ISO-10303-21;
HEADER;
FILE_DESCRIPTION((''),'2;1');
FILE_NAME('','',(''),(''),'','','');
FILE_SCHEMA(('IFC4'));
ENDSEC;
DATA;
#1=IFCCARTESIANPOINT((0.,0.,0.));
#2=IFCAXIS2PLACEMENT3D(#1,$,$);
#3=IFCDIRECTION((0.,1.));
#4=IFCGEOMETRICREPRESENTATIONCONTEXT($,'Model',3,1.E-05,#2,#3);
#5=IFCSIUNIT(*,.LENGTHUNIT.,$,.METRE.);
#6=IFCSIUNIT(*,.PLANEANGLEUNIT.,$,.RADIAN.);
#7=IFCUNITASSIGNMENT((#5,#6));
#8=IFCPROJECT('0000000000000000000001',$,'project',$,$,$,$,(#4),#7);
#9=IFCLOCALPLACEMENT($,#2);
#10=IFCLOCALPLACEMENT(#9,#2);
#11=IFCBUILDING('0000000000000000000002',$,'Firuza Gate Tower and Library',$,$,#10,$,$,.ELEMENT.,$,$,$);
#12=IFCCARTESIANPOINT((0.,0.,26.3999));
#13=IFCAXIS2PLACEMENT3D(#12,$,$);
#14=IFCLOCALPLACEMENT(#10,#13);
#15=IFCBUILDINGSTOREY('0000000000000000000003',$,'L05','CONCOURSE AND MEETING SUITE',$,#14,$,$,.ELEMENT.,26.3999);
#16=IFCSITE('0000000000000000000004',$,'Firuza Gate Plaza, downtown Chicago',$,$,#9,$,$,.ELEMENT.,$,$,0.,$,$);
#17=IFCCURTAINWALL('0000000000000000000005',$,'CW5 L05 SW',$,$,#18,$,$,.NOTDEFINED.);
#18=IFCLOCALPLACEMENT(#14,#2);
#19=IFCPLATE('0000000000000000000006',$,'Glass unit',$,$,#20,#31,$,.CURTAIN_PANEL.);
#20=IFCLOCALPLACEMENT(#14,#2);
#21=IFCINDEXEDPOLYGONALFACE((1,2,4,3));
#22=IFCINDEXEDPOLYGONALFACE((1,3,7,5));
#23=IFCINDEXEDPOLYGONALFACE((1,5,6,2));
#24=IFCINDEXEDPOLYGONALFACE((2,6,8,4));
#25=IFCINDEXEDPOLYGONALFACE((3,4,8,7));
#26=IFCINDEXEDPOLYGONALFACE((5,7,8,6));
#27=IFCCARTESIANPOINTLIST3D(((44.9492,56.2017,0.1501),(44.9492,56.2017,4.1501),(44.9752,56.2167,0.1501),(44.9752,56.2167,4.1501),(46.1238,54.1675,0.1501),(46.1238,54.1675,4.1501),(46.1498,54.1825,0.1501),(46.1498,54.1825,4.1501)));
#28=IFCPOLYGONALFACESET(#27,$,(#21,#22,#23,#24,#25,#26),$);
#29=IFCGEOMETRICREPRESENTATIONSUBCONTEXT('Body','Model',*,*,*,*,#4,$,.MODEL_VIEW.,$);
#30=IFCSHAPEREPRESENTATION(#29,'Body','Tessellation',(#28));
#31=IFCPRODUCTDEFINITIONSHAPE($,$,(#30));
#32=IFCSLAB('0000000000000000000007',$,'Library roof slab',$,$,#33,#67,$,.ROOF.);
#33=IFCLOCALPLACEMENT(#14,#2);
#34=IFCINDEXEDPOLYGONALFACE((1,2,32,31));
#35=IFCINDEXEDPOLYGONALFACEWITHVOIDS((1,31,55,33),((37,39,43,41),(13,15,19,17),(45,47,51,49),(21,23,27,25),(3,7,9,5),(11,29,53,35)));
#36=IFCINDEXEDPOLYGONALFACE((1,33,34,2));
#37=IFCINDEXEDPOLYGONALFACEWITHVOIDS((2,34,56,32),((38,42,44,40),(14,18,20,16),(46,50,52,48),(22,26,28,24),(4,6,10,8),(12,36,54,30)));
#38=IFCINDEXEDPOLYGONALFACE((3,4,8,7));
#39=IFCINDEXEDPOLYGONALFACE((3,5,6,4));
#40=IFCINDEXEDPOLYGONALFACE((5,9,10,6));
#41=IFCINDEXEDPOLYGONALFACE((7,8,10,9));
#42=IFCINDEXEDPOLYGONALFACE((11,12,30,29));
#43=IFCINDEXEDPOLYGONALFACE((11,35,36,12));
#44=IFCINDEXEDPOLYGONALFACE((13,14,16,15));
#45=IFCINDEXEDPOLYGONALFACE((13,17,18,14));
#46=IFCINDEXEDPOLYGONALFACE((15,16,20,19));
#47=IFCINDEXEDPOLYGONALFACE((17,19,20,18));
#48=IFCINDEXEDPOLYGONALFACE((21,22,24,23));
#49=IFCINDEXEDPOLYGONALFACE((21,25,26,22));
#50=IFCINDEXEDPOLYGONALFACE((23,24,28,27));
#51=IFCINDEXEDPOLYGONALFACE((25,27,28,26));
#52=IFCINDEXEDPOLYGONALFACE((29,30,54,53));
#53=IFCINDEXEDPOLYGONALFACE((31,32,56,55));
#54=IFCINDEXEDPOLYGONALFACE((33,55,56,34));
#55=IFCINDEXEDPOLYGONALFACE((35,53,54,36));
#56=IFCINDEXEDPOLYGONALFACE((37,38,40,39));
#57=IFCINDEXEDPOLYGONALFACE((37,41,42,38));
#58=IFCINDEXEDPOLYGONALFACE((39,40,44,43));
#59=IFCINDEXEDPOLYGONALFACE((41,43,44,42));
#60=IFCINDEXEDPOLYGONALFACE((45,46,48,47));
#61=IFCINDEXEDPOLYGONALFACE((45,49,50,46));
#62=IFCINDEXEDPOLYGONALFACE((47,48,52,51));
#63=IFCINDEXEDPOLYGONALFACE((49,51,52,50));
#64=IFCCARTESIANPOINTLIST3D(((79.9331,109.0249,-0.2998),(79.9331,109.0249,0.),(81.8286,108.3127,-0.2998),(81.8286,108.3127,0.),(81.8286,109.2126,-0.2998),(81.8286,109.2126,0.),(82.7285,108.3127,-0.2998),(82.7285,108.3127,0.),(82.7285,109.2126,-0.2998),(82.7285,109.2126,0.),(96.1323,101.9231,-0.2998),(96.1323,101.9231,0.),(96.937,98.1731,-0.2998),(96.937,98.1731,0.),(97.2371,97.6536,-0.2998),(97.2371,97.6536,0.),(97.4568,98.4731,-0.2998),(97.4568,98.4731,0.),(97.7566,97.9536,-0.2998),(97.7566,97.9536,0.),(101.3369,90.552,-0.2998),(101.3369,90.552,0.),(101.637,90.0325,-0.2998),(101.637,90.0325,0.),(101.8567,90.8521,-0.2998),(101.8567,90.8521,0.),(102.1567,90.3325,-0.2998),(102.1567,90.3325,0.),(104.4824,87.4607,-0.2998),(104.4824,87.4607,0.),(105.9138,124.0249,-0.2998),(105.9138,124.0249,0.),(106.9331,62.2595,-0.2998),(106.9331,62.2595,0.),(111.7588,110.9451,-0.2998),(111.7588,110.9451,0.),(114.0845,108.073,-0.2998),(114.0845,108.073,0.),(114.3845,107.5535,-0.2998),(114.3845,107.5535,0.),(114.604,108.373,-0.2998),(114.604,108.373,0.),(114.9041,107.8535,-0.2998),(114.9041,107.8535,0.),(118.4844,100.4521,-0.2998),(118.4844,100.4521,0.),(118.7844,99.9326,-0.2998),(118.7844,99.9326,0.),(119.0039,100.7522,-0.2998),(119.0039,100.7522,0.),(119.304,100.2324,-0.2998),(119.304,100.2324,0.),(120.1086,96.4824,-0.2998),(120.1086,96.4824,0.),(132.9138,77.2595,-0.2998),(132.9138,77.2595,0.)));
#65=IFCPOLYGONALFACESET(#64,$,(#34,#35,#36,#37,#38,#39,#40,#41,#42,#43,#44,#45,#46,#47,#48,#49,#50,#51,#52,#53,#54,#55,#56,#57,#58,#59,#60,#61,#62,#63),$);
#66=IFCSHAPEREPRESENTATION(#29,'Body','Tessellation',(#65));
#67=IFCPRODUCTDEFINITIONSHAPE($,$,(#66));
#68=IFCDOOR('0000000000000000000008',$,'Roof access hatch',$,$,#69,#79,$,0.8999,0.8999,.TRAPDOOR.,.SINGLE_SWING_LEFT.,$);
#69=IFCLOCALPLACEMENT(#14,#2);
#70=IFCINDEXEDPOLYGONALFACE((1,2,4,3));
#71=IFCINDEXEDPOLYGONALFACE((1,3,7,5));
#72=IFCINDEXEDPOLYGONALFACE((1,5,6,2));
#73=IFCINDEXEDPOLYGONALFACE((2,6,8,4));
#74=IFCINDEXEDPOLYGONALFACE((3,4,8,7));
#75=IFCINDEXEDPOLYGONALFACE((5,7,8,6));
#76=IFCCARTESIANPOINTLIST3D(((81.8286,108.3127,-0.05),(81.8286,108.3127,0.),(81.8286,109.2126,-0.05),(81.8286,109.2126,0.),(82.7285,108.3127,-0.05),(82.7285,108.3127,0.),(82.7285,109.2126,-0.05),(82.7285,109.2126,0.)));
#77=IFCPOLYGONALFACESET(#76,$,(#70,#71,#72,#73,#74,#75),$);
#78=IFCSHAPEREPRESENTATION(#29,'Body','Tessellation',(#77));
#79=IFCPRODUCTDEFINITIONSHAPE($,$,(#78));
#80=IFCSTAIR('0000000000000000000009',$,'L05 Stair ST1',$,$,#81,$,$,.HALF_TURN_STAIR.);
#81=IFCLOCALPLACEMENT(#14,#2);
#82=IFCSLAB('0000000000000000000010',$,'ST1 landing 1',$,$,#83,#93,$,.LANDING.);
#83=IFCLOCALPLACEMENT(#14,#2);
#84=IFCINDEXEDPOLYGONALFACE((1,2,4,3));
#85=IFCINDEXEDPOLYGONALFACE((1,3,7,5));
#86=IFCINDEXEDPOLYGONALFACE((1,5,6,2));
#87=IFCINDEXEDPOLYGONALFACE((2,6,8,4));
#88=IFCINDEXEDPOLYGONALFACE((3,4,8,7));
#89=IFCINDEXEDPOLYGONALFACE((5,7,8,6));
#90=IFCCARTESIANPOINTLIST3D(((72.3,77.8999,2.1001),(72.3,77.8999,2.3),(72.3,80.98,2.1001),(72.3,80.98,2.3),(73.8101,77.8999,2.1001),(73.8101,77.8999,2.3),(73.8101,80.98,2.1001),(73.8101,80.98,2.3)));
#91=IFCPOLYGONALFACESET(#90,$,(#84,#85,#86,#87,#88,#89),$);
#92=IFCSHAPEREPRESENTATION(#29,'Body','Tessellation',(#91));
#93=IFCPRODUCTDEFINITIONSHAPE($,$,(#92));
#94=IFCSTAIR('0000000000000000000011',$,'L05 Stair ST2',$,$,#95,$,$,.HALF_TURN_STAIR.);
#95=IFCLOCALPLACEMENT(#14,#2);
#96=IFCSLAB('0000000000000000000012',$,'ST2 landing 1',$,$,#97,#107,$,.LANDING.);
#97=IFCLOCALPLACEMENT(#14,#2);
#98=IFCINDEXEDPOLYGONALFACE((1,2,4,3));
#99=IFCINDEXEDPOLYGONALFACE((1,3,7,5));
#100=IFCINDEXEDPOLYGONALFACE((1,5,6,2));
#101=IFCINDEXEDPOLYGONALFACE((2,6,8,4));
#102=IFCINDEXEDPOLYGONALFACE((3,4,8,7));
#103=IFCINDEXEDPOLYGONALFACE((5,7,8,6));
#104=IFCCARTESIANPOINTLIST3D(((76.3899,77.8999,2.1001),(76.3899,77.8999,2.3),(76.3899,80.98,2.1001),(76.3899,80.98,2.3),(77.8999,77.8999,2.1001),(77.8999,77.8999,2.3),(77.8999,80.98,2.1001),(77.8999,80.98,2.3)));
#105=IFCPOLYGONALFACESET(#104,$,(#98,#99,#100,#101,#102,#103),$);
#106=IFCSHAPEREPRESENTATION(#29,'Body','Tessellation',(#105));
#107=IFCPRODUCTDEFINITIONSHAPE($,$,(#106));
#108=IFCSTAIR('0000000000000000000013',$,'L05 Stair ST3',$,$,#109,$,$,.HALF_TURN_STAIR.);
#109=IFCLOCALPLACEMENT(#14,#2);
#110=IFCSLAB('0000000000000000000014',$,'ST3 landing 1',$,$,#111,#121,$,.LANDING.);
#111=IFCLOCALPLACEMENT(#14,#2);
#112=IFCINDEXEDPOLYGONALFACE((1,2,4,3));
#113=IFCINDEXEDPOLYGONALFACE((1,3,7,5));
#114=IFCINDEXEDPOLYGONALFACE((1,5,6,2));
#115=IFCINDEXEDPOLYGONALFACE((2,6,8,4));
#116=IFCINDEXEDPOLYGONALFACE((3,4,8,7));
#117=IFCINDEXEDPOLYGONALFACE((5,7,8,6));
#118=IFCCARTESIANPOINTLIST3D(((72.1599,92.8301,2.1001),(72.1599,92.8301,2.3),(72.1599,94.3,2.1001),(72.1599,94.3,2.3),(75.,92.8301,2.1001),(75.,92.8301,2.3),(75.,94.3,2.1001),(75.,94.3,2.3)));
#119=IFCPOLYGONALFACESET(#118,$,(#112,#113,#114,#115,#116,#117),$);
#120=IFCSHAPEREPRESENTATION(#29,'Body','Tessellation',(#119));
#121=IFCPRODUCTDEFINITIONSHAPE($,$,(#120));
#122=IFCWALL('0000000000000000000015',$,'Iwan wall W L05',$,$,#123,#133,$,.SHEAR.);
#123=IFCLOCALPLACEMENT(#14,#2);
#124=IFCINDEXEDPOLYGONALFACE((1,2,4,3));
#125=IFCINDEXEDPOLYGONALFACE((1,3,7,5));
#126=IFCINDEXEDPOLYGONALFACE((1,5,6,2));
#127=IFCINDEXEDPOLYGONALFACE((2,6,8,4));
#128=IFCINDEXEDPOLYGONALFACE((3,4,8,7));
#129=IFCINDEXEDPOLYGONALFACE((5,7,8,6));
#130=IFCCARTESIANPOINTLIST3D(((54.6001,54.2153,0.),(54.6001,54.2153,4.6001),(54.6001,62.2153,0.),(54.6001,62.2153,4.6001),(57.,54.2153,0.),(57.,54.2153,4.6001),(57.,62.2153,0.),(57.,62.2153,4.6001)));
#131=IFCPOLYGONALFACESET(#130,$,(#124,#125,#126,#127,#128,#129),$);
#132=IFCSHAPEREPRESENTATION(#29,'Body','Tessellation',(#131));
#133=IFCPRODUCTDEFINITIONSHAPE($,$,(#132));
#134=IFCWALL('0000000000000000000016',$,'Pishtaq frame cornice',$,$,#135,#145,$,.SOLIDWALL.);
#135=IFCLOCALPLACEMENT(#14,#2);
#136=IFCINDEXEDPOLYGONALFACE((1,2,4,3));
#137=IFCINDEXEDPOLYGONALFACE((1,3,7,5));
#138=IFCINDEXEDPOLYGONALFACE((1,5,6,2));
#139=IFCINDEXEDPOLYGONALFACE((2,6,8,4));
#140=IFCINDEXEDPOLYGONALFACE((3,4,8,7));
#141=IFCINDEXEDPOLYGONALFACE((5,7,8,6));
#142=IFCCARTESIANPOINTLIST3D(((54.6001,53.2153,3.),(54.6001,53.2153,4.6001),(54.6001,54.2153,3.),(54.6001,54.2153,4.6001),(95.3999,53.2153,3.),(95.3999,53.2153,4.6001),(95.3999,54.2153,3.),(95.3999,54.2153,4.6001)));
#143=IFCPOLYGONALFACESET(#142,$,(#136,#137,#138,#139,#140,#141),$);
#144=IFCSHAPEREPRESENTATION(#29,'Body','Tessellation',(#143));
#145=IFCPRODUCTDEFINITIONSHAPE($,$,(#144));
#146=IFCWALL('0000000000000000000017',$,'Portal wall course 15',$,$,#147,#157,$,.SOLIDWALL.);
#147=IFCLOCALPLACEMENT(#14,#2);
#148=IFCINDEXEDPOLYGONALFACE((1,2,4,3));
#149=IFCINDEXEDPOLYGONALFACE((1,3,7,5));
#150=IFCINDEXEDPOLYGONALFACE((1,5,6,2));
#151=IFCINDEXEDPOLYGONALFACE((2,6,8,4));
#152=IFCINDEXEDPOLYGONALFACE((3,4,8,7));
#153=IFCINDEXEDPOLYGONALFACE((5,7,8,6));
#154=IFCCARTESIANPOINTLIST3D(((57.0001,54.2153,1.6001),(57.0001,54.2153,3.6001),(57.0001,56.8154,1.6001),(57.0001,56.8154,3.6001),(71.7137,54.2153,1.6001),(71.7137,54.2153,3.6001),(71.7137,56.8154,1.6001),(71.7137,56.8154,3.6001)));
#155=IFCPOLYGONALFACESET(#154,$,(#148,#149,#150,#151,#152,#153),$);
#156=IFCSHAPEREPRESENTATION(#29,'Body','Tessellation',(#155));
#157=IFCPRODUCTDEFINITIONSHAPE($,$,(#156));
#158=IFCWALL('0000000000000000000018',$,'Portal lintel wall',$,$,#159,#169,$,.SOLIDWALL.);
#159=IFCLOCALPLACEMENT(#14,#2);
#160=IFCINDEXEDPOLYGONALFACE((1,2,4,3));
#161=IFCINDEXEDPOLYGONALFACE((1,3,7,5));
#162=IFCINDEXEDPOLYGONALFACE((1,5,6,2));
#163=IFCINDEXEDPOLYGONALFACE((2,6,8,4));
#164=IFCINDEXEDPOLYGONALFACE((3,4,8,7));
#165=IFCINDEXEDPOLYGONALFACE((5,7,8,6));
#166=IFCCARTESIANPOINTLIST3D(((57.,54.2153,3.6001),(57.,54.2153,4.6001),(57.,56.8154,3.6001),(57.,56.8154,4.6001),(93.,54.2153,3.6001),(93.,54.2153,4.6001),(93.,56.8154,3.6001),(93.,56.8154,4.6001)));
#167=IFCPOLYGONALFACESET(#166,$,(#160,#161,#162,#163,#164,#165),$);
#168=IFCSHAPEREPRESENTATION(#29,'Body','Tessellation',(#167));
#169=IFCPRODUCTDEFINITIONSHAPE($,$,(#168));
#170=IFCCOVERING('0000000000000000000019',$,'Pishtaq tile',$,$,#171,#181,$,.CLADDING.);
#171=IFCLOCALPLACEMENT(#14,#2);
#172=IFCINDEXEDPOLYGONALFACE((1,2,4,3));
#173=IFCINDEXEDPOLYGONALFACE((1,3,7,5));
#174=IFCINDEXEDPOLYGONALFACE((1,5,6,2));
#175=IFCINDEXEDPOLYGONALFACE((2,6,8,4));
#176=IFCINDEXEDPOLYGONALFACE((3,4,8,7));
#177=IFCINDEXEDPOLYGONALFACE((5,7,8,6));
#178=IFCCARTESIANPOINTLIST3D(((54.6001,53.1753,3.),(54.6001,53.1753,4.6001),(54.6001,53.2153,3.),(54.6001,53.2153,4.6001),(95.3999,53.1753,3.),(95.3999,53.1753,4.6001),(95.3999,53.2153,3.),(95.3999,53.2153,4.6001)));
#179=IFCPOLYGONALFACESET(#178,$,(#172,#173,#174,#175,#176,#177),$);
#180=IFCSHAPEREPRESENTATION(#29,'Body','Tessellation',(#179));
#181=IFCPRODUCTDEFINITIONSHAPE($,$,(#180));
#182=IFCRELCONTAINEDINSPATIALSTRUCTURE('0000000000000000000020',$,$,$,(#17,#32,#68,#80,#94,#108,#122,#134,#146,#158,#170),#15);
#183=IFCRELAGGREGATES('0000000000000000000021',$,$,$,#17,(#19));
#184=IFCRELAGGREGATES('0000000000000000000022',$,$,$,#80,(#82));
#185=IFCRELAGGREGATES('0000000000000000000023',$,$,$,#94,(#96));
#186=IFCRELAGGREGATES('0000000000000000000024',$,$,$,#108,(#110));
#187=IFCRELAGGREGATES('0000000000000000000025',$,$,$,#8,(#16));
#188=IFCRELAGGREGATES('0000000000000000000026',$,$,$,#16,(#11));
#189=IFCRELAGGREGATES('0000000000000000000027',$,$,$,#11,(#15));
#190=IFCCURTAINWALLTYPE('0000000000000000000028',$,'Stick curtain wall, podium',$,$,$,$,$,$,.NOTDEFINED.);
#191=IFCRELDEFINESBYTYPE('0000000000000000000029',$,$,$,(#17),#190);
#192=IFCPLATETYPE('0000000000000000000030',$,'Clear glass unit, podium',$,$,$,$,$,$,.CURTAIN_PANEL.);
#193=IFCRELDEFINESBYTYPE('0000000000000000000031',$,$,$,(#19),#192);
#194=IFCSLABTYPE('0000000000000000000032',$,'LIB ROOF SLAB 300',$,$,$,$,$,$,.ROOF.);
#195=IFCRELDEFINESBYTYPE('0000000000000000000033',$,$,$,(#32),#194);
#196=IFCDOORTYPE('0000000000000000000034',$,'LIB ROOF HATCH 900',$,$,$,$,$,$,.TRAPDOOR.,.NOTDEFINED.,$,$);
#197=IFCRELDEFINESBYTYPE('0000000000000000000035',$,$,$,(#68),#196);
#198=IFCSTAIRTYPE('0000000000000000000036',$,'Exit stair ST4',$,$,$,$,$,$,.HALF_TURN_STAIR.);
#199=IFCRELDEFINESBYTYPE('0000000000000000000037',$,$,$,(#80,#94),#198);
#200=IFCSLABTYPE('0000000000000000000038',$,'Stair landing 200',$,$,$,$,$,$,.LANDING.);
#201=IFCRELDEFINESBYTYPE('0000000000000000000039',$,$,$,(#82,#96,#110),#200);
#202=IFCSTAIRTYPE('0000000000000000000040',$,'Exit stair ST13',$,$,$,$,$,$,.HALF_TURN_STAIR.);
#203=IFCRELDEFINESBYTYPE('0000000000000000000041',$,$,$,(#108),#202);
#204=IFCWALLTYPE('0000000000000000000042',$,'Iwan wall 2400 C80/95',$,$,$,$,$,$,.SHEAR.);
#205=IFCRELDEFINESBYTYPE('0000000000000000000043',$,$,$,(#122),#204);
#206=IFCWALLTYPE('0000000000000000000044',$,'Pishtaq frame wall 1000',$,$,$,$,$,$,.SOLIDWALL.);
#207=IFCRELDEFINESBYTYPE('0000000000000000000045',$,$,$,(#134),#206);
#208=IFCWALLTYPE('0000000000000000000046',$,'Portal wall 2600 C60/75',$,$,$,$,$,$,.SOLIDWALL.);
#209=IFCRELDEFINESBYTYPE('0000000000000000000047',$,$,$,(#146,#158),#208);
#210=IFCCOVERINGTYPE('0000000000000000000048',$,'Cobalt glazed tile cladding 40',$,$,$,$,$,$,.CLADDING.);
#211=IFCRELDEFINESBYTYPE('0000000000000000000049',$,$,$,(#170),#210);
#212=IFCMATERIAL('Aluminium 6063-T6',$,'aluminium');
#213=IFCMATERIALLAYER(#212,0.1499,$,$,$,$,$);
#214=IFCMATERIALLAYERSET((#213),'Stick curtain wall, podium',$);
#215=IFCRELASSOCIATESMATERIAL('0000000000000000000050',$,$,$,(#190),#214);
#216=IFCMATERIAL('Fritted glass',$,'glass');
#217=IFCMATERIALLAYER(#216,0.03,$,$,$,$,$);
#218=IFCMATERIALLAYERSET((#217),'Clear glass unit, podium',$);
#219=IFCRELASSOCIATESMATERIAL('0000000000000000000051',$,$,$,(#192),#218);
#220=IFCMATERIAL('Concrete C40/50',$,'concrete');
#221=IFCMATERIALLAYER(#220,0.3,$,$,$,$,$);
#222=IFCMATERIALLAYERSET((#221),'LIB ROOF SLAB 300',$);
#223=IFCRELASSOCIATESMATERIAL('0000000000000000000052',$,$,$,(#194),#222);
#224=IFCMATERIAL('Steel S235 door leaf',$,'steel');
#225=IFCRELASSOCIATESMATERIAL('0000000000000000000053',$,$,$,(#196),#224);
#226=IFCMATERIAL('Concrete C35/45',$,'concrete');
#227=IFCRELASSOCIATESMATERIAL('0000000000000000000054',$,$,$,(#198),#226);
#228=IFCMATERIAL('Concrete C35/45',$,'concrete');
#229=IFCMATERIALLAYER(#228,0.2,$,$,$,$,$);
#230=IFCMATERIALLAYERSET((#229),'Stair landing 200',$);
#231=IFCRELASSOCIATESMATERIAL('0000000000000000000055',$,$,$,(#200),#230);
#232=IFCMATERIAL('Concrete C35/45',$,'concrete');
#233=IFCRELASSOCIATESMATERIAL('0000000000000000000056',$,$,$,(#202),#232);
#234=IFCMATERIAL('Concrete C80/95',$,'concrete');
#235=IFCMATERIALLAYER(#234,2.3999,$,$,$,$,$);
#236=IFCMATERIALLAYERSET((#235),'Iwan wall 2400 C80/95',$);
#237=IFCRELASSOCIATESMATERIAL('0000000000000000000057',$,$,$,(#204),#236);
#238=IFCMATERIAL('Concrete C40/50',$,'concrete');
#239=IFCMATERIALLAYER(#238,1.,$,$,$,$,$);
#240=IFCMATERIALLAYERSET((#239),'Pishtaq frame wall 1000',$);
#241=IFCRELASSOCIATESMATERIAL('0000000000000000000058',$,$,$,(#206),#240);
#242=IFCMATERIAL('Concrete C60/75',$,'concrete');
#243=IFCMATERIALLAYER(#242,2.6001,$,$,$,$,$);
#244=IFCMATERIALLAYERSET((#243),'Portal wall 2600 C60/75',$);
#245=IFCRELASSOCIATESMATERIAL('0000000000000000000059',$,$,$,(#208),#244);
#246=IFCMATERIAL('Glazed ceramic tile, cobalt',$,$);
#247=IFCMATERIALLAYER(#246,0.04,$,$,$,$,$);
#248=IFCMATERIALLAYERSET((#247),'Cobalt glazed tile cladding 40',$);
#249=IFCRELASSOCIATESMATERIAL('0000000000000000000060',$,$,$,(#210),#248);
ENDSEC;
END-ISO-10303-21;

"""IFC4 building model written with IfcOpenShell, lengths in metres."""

from ifc_helpers import new_model, si_unit, direction, frame, frame_2d, origin, origin_2d, place, context, subcontext, project, spatial, polyline, rectangle, outline, extrude, material, layer, layer_set, type_object, element, fill, aggregate, save


model = new_model("IFC4")

# Units and contexts
model_context = context("Model", 3, precision=1e-05, world=origin(), true_north=direction((0.0, 1.0)))
body_context = subcontext(model_context, "Body", "Model", "MODEL_VIEW")
ifc_project = project(units=[si_unit("LENGTHUNIT", "METRE"), si_unit("PLANEANGLEUNIT", "RADIAN")], contexts=[model_context])

# Site, building, storey
site_placement = place(None, origin())
site = spatial("IfcSite", under=ifc_project, at=site_placement, Name="Firuza Gate Plaza, downtown Chicago", CompositionType="ELEMENT", RefElevation=0.0)
building_placement = place(site_placement, origin())
building = spatial("IfcBuilding", under=site, at=building_placement, Name="Firuza Gate Tower and Library", CompositionType="ELEMENT")
storey_placement = place(building_placement, frame((0.0, 0.0, 26.3999)))
storey = spatial("IfcBuildingStorey", under=building, at=storey_placement, Name="L05", Description="CONCOURSE AND MEETING SUITE", CompositionType="ELEMENT", Elevation=26.3999)

# Curtain wall
ifc_material_1 = material(Name="Aluminium 6063-T6", Category="aluminium")
ifc_layer_1 = layer(ifc_material_1, 0.1499)
ifc_layer_set_1 = layer_set([ifc_layer_1], Name="Stick curtain wall, podium")
curtain_wall_type = type_object("IfcCurtainWallType", Name="Stick curtain wall, podium", PredefinedType="NOTDEFINED", material=ifc_layer_set_1)
placement_1 = place(storey_placement, origin())
curtain_wall_1 = element("IfcCurtainWall", 1, at=placement_1, inside=storey, type_object=curtain_wall_type, Name="CW5 L05 SW", PredefinedType="NOTDEFINED")

# Plate
ifc_material_2 = material(Name="Fritted glass", Category="glass")
ifc_layer_2 = layer(ifc_material_2, 0.03)
ifc_layer_set_2 = layer_set([ifc_layer_2], Name="Clear glass unit, podium")
plate_type = type_object("IfcPlateType", Name="Clear glass unit, podium", PredefinedType="CURTAIN_PANEL", material=ifc_layer_set_2)
plate_1_placement = place(storey_placement, frame((44.9492, 56.2017, 0.1501), z_axis=(-0.866002, -0.50004, 0.0), x_axis=(0.50004, -0.866002, 0.0)))
plate_1 = element("IfcPlate", 2, at=plate_1_placement, type_object=plate_type, Name="Glass unit", PredefinedType="CURTAIN_PANEL", context=body_context, shape_type="SweptSolid", body=[
    extrude(outline(polyline([(0.0, 0.0), (2.3489, 0.0), (2.3489, 4.0), (0.0, 4.0), (0.0, 0.0)])), origin(), (0.0, 0.0, -1.0), 0.03),
])
aggregate(curtain_wall_1, [plate_1])

# Shared definitions
placement_2 = place(storey_placement, frame((0.0, 0.0, -0.2998)))

# Slab, opening, door
ifc_material_3 = material(Name="Concrete C40/50", Category="concrete")
ifc_layer_3 = layer(ifc_material_3, 0.3)
ifc_layer_set_3 = layer_set([ifc_layer_3], Name="LIB ROOF SLAB 300")
slab_type_1 = type_object("IfcSlabType", Name="LIB ROOF SLAB 300", PredefinedType="ROOF", material=ifc_layer_set_3)
slab_1 = element("IfcSlab", 3, at=placement_2, inside=storey, type_object=slab_type_1, Name="Library roof slab", PredefinedType="ROOF", context=body_context, shape_type="SweptSolid", body=[
    extrude(outline(polyline([(106.9331, 62.2595), (132.9138, 77.2595), (105.9138, 124.0249), (79.9331, 109.0249), (106.9331, 62.2595)]), holes=[polyline([(102.1567, 90.3325), (101.8567, 90.8521), (101.3369, 90.552), (101.637, 90.0325), (102.1567, 90.3325)]), polyline([(97.7566, 97.9536), (97.4568, 98.4731), (96.937, 98.1731), (97.2371, 97.6536), (97.7566, 97.9536)]), polyline([(120.1086, 96.4824), (111.7588, 110.9451), (96.1323, 101.9231), (104.4824, 87.4607), (120.1086, 96.4824)]), polyline([(119.0039, 100.7522), (118.4844, 100.4521), (118.7844, 99.9326), (119.304, 100.2324), (119.0039, 100.7522)]), polyline([(114.604, 108.373), (114.0845, 108.073), (114.3845, 107.5535), (114.9041, 107.8535), (114.604, 108.373)])]), origin(), (0.0, 0.0, 1.0), 0.2998),
])
opening_placement = place(placement_2, frame((82.2786, 108.7627, 0.0)))
opening = element("IfcOpeningElement", 4, at=opening_placement, cuts=slab_1, PredefinedType="OPENING", context=body_context, shape_type="SweptSolid", body=[
    extrude(rectangle(XDim=0.8999, YDim=0.8999, at=origin_2d()), origin(), (0.0, 0.0, 1.0), 0.2998),
])
ifc_material_4 = material(Name="Steel S235 door leaf", Category="steel")
door_type = type_object("IfcDoorType", Name="LIB ROOF HATCH 900", OperationType="NOTDEFINED", PredefinedType="TRAPDOOR", material=ifc_material_4)
door_placement = place(opening_placement, frame((0.0, 0.0, 0.2498)))
door = element("IfcDoor", 5, at=door_placement, inside=storey, type_object=door_type, Name="Roof access hatch", OperationType="SINGLE_SWING_LEFT", OverallHeight=0.8999, OverallWidth=0.8999, PredefinedType="TRAPDOOR", context=body_context, shape_type="SweptSolid", body=[
    extrude(rectangle(XDim=0.8999, YDim=0.8999, at=origin_2d()), origin(), (0.0, 0.0, 1.0), 0.05),
])
fill(opening, door)

# Stairs, slabs
ifc_material_5 = material(Name="Concrete C35/45", Category="concrete")
stair_type_1 = type_object("IfcStairType", Name="Exit stair ST4", PredefinedType="HALF_TURN_STAIR", material=ifc_material_5)
stair_1 = element("IfcStair", 6, at=placement_1, inside=storey, type_object=stair_type_1, Name="L05 Stair ST1", PredefinedType="HALF_TURN_STAIR")
ifc_material_6 = material(Name="Concrete C35/45", Category="concrete")
ifc_layer_4 = layer(ifc_material_6, 0.2)
ifc_layer_set_4 = layer_set([ifc_layer_4], Name="Stair landing 200")
slab_type_2 = type_object("IfcSlabType", Name="Stair landing 200", PredefinedType="LANDING", material=ifc_layer_set_4)
placement_3 = place(storey_placement, frame((0.0, 0.0, 2.1001)))
slab_2 = element("IfcSlab", 7, at=placement_3, type_object=slab_type_2, Name="ST1 landing 1", PredefinedType="LANDING", context=body_context, shape_type="SweptSolid", body=[
    extrude(outline(polyline([(72.3, 77.8999), (73.8101, 77.8999), (73.8101, 80.98), (72.3, 80.98), (72.3, 77.8999)])), origin(), (0.0, 0.0, 1.0), 0.2),
])
aggregate(stair_1, [slab_2])
stair_2 = element("IfcStair", 8, at=placement_1, inside=storey, type_object=stair_type_1, Name="L05 Stair ST2", PredefinedType="HALF_TURN_STAIR")
slab_3 = element("IfcSlab", 9, at=placement_3, type_object=slab_type_2, Name="ST2 landing 1", PredefinedType="LANDING", context=body_context, shape_type="SweptSolid", body=[
    extrude(outline(polyline([(77.8999, 80.98), (76.3899, 80.98), (76.3899, 77.8999), (77.8999, 77.8999), (77.8999, 80.98)])), origin(), (0.0, 0.0, 1.0), 0.2),
])
aggregate(stair_2, [slab_3])
ifc_material_7 = material(Name="Concrete C35/45", Category="concrete")
stair_type_2 = type_object("IfcStairType", Name="Exit stair ST13", PredefinedType="HALF_TURN_STAIR", material=ifc_material_7)
stair_3 = element("IfcStair", 10, at=placement_1, inside=storey, type_object=stair_type_2, Name="L05 Stair ST3", PredefinedType="HALF_TURN_STAIR")
slab_4 = element("IfcSlab", 11, at=placement_3, type_object=slab_type_2, Name="ST3 landing 1", PredefinedType="LANDING", context=body_context, shape_type="SweptSolid", body=[
    extrude(outline(polyline([(75.0, 92.8301), (75.0, 94.3), (72.1599, 94.3), (72.1599, 92.8301), (75.0, 92.8301)])), origin(), (0.0, 0.0, 1.0), 0.2),
])
aggregate(stair_3, [slab_4])

# Walls
ifc_material_8 = material(Name="Concrete C80/95", Category="concrete")
ifc_layer_5 = layer(ifc_material_8, 2.3999)
ifc_layer_set_5 = layer_set([ifc_layer_5], Name="Iwan wall 2400 C80/95")
wall_type_1 = type_object("IfcWallType", Name="Iwan wall 2400 C80/95", PredefinedType="SHEAR", material=ifc_layer_set_5)
wall_1_placement = place(storey_placement, frame((55.8, 54.2153, 0.0), z_axis=(0.0, 0.0, 1.0), x_axis=(0.0, 1.0, 0.0)))
element("IfcWall", 12, at=wall_1_placement, inside=storey, type_object=wall_type_1, Name="Iwan wall W L05", PredefinedType="SHEAR", context=body_context, shape_type="SweptSolid", body=[
    extrude(rectangle(XDim=8.0, YDim=2.3999, at=frame_2d((4.0, 0.0))), origin(), (0.0, 0.0, 1.0), 4.6001),
])
ifc_material_9 = material(Name="Concrete C40/50", Category="concrete")
ifc_layer_6 = layer(ifc_material_9, 1.0)
ifc_layer_set_6 = layer_set([ifc_layer_6], Name="Pishtaq frame wall 1000")
wall_type_2 = type_object("IfcWallType", Name="Pishtaq frame wall 1000", PredefinedType="SOLIDWALL", material=ifc_layer_set_6)
wall_2_placement = place(storey_placement, frame((54.6001, 53.7153, 3.0), z_axis=(0.0, 0.0, 1.0), x_axis=(1.0, 0.0, 0.0)))
element("IfcWall", 13, at=wall_2_placement, inside=storey, type_object=wall_type_2, Name="Pishtaq frame cornice", PredefinedType="SOLIDWALL", context=body_context, shape_type="SweptSolid", body=[
    extrude(rectangle(XDim=40.7998, YDim=1.0, at=frame_2d((20.3999, 0.0))), origin(), (0.0, 0.0, 1.0), 1.6001),
])
ifc_material_10 = material(Name="Concrete C60/75", Category="concrete")
ifc_layer_7 = layer(ifc_material_10, 2.6001)
ifc_layer_set_7 = layer_set([ifc_layer_7], Name="Portal wall 2600 C60/75")
wall_type_3 = type_object("IfcWallType", Name="Portal wall 2600 C60/75", PredefinedType="SOLIDWALL", material=ifc_layer_set_7)
wall_3_placement = place(storey_placement, frame((57.0, 55.5154, 1.6001), z_axis=(0.0, 0.0, 1.0), x_axis=(1.0, 0.0, 0.0)))
element("IfcWall", 14, at=wall_3_placement, inside=storey, type_object=wall_type_3, Name="Portal wall course 15", PredefinedType="SOLIDWALL", context=body_context, shape_type="SweptSolid", body=[
    extrude(rectangle(XDim=14.7136, YDim=2.6001, at=frame_2d((7.3569, 0.0))), origin(), (0.0, 0.0, 1.0), 2.0),
])
wall_4_placement = place(storey_placement, frame((57.0, 55.5154, 3.6001), z_axis=(0.0, 0.0, 1.0), x_axis=(1.0, 0.0, 0.0)))
element("IfcWall", 15, at=wall_4_placement, inside=storey, type_object=wall_type_3, Name="Portal lintel wall", PredefinedType="SOLIDWALL", context=body_context, shape_type="SweptSolid", body=[
    extrude(rectangle(XDim=36.0, YDim=2.6001, at=frame_2d((18.0, 0.0))), origin(), (0.0, 0.0, 1.0), 1.0),
])

# Covering
ifc_material_11 = material(Name="Glazed ceramic tile, cobalt")
ifc_layer_8 = layer(ifc_material_11, 0.04)
ifc_layer_set_8 = layer_set([ifc_layer_8], Name="Cobalt glazed tile cladding 40")
covering_type_1 = type_object("IfcCoveringType", Name="Cobalt glazed tile cladding 40", PredefinedType="CLADDING", material=ifc_layer_set_8)
covering_1_placement = place(storey_placement, frame((54.6001, 53.1753, 3.0), z_axis=(0.0, -1.0, 0.0), x_axis=(1.0, 0.0, 0.0)))
element("IfcCovering", 16, at=covering_1_placement, inside=storey, type_object=covering_type_1, Name="Pishtaq tile", PredefinedType="CLADDING", context=body_context, shape_type="SweptSolid", body=[
    extrude(outline(polyline([(0.0, 0.0), (40.7998, 0.0), (40.7998, 1.6001), (0.0, 1.6001), (0.0, 0.0)])), origin(), (0.0, 0.0, -1.0), 0.04),
])

save(model, "model.ifc")
